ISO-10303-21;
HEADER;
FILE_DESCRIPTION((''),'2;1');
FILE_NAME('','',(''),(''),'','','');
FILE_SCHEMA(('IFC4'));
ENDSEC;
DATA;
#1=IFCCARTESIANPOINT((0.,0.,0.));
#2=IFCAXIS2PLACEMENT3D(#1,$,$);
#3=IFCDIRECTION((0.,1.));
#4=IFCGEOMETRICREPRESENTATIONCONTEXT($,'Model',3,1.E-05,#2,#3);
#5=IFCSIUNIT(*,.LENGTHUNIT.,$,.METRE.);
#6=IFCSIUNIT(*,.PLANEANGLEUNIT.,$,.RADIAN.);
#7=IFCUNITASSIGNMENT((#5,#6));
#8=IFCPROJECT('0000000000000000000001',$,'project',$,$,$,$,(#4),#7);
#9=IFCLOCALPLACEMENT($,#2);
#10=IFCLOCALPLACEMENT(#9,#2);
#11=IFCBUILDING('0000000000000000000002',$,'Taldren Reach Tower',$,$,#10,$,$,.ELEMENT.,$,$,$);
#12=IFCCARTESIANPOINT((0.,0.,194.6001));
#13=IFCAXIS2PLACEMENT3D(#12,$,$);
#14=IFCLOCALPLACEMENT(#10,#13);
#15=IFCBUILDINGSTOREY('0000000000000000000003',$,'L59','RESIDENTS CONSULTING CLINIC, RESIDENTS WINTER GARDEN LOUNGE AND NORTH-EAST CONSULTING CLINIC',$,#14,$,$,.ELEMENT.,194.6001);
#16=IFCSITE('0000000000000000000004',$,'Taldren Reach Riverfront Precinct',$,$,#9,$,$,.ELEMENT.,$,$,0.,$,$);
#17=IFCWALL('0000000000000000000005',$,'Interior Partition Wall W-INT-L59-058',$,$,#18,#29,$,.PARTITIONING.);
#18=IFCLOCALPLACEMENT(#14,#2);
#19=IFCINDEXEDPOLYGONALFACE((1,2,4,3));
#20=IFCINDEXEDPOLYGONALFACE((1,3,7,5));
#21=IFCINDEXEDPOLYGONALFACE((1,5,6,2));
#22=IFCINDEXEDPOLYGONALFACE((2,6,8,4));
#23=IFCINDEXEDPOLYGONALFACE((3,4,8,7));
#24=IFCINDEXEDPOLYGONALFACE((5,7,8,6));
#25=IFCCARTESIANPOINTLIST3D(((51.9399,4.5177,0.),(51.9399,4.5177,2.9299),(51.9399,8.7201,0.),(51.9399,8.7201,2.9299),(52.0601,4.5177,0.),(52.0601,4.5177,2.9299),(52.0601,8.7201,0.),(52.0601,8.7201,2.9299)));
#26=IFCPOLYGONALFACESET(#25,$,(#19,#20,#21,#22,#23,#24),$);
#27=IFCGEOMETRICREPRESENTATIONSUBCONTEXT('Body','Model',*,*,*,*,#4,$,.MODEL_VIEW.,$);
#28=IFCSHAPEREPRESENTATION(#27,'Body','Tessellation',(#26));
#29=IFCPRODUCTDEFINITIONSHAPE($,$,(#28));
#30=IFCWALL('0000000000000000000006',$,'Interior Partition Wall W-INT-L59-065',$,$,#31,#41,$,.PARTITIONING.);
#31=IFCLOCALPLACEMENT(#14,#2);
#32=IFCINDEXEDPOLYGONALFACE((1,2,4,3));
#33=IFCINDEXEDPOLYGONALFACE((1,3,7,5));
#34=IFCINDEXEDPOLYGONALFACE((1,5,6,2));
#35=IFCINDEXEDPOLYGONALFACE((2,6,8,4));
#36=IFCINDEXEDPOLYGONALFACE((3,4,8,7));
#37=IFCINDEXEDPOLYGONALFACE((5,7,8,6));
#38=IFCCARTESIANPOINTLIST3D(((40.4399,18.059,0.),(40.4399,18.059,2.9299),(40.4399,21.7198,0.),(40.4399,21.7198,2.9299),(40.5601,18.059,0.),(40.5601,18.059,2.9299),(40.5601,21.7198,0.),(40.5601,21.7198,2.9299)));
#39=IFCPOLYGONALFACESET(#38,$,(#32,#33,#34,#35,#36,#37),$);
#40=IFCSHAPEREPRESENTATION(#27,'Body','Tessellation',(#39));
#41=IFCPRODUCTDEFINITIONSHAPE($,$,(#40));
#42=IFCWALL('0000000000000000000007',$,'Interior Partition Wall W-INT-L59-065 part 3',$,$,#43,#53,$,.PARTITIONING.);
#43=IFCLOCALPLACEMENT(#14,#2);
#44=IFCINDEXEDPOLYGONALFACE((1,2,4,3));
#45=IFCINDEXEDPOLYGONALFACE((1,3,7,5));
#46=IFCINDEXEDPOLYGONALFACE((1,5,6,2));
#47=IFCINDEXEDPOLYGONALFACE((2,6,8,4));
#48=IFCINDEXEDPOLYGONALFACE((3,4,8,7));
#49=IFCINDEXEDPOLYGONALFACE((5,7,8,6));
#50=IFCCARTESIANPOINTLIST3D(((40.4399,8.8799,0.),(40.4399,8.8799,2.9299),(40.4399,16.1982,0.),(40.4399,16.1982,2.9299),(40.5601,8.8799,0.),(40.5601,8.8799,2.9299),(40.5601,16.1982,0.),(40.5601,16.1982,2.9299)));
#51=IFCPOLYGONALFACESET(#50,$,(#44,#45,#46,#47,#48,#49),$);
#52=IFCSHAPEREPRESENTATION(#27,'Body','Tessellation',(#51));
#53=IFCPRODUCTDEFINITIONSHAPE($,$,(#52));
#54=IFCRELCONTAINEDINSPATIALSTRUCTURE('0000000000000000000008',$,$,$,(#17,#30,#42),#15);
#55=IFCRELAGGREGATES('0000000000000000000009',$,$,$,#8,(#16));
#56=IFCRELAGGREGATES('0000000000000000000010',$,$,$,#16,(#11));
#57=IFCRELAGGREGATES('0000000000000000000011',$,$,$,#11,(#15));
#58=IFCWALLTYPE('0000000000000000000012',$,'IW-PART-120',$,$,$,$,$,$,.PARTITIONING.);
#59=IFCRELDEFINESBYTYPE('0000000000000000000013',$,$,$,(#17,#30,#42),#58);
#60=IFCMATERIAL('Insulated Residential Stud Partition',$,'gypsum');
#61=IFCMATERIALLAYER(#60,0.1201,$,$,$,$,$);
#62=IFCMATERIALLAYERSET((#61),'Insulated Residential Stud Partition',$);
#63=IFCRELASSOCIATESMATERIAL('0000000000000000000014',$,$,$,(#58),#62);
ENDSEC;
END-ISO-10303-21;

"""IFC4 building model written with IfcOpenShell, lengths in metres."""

from ifc_helpers import new_model, si_unit, direction, frame, frame_2d, origin, place, context, subcontext, project, spatial, rectangle, extrude, source, transform, mapped, material, layer, layer_set, type_object, element, save


model = new_model("IFC4")

# Units and contexts
model_context = context("Model", 3, precision=1e-05, world=origin(), true_north=direction((0.0, 1.0)))
body_context = subcontext(model_context, "Body", "Model", "MODEL_VIEW")
ifc_project = project(units=[si_unit("LENGTHUNIT", "METRE"), si_unit("PLANEANGLEUNIT", "RADIAN")], contexts=[model_context])

# Site, building, storey
site_placement = place(None, origin())
site = spatial("IfcSite", under=ifc_project, at=site_placement, Name="Taldren Reach Riverfront Precinct", CompositionType="ELEMENT", RefElevation=0.0)
building_placement = place(site_placement, origin())
building = spatial("IfcBuilding", under=site, at=building_placement, Name="Taldren Reach Tower", CompositionType="ELEMENT")
storey_placement = place(building_placement, frame((0.0, 0.0, 194.6001)))
storey = spatial("IfcBuildingStorey", under=building, at=storey_placement, Name="L59", Description="RESIDENTS CONSULTING CLINIC, RESIDENTS WINTER GARDEN LOUNGE AND NORTH-EAST CONSULTING CLINIC", CompositionType="ELEMENT", Elevation=194.6001)

# Shared definitions
ifc_material_1 = material(Name="Insulated Residential Stud Partition", Category="gypsum")
ifc_layer_1 = layer(ifc_material_1, 0.1201)
ifc_layer_set_1 = layer_set([ifc_layer_1], Name="Insulated Residential Stud Partition")
wall_type_1 = type_object("IfcWallType", Name="IW-PART-120", PredefinedType="PARTITIONING", material=ifc_layer_set_1)

# Walls
shared_shape_1 = source(origin(), body_context, "Body", "SweptSolid", [
    extrude(rectangle(XDim=4.2024, YDim=0.1201, at=frame_2d((2.1011, 0.0))), origin(), (0.0, 0.0, 1.0), 2.9299),
])
wall_1_placement = place(storey_placement, frame((52.0, 8.72, 0.0), z_axis=(0.0, 0.0, 1.0), x_axis=(0.0, -1.0, 0.0)))
element("IfcWall", 1, at=wall_1_placement, inside=storey, type_object=wall_type_1, Name="Interior Partition Wall W-INT-L59-058", PredefinedType="PARTITIONING", context=body_context, shape_type="MappedRepresentation", body=[
    mapped(shared_shape_1, transform((0.0, 0.0, 0.0), scale=1.0)),
])
shared_shape_2 = source(origin(), body_context, "Body", "SweptSolid", [
    extrude(rectangle(XDim=3.6609, YDim=0.1201, at=frame_2d((1.8306, 0.0))), origin(), (0.0, 0.0, 1.0), 2.9299),
])
wall_2_placement = place(storey_placement, frame((40.5, 21.72, 0.0), z_axis=(0.0, 0.0, 1.0), x_axis=(0.0, -1.0, 0.0)))
element("IfcWall", 2, at=wall_2_placement, inside=storey, type_object=wall_type_1, Name="Interior Partition Wall W-INT-L59-065", PredefinedType="PARTITIONING", context=body_context, shape_type="MappedRepresentation", body=[
    mapped(shared_shape_2, transform((0.0, 0.0, 0.0), scale=1.0)),
])
shared_shape_3 = source(origin(), body_context, "Body", "SweptSolid", [
    extrude(rectangle(XDim=7.3184, YDim=0.1201, at=frame_2d((3.6592, 0.0))), origin(), (0.0, 0.0, 1.0), 2.9299),
])
wall_3_placement = place(storey_placement, frame((40.5, 16.1982, 0.0), z_axis=(0.0, 0.0, 1.0), x_axis=(0.0, -1.0, 0.0)))
element("IfcWall", 3, at=wall_3_placement, inside=storey, type_object=wall_type_1, Name="Interior Partition Wall W-INT-L59-065 part 3", PredefinedType="PARTITIONING", context=body_context, shape_type="MappedRepresentation", body=[
    mapped(shared_shape_3, transform((0.0, 0.0, 0.0), scale=1.0)),
])

save(model, "model.ifc")
